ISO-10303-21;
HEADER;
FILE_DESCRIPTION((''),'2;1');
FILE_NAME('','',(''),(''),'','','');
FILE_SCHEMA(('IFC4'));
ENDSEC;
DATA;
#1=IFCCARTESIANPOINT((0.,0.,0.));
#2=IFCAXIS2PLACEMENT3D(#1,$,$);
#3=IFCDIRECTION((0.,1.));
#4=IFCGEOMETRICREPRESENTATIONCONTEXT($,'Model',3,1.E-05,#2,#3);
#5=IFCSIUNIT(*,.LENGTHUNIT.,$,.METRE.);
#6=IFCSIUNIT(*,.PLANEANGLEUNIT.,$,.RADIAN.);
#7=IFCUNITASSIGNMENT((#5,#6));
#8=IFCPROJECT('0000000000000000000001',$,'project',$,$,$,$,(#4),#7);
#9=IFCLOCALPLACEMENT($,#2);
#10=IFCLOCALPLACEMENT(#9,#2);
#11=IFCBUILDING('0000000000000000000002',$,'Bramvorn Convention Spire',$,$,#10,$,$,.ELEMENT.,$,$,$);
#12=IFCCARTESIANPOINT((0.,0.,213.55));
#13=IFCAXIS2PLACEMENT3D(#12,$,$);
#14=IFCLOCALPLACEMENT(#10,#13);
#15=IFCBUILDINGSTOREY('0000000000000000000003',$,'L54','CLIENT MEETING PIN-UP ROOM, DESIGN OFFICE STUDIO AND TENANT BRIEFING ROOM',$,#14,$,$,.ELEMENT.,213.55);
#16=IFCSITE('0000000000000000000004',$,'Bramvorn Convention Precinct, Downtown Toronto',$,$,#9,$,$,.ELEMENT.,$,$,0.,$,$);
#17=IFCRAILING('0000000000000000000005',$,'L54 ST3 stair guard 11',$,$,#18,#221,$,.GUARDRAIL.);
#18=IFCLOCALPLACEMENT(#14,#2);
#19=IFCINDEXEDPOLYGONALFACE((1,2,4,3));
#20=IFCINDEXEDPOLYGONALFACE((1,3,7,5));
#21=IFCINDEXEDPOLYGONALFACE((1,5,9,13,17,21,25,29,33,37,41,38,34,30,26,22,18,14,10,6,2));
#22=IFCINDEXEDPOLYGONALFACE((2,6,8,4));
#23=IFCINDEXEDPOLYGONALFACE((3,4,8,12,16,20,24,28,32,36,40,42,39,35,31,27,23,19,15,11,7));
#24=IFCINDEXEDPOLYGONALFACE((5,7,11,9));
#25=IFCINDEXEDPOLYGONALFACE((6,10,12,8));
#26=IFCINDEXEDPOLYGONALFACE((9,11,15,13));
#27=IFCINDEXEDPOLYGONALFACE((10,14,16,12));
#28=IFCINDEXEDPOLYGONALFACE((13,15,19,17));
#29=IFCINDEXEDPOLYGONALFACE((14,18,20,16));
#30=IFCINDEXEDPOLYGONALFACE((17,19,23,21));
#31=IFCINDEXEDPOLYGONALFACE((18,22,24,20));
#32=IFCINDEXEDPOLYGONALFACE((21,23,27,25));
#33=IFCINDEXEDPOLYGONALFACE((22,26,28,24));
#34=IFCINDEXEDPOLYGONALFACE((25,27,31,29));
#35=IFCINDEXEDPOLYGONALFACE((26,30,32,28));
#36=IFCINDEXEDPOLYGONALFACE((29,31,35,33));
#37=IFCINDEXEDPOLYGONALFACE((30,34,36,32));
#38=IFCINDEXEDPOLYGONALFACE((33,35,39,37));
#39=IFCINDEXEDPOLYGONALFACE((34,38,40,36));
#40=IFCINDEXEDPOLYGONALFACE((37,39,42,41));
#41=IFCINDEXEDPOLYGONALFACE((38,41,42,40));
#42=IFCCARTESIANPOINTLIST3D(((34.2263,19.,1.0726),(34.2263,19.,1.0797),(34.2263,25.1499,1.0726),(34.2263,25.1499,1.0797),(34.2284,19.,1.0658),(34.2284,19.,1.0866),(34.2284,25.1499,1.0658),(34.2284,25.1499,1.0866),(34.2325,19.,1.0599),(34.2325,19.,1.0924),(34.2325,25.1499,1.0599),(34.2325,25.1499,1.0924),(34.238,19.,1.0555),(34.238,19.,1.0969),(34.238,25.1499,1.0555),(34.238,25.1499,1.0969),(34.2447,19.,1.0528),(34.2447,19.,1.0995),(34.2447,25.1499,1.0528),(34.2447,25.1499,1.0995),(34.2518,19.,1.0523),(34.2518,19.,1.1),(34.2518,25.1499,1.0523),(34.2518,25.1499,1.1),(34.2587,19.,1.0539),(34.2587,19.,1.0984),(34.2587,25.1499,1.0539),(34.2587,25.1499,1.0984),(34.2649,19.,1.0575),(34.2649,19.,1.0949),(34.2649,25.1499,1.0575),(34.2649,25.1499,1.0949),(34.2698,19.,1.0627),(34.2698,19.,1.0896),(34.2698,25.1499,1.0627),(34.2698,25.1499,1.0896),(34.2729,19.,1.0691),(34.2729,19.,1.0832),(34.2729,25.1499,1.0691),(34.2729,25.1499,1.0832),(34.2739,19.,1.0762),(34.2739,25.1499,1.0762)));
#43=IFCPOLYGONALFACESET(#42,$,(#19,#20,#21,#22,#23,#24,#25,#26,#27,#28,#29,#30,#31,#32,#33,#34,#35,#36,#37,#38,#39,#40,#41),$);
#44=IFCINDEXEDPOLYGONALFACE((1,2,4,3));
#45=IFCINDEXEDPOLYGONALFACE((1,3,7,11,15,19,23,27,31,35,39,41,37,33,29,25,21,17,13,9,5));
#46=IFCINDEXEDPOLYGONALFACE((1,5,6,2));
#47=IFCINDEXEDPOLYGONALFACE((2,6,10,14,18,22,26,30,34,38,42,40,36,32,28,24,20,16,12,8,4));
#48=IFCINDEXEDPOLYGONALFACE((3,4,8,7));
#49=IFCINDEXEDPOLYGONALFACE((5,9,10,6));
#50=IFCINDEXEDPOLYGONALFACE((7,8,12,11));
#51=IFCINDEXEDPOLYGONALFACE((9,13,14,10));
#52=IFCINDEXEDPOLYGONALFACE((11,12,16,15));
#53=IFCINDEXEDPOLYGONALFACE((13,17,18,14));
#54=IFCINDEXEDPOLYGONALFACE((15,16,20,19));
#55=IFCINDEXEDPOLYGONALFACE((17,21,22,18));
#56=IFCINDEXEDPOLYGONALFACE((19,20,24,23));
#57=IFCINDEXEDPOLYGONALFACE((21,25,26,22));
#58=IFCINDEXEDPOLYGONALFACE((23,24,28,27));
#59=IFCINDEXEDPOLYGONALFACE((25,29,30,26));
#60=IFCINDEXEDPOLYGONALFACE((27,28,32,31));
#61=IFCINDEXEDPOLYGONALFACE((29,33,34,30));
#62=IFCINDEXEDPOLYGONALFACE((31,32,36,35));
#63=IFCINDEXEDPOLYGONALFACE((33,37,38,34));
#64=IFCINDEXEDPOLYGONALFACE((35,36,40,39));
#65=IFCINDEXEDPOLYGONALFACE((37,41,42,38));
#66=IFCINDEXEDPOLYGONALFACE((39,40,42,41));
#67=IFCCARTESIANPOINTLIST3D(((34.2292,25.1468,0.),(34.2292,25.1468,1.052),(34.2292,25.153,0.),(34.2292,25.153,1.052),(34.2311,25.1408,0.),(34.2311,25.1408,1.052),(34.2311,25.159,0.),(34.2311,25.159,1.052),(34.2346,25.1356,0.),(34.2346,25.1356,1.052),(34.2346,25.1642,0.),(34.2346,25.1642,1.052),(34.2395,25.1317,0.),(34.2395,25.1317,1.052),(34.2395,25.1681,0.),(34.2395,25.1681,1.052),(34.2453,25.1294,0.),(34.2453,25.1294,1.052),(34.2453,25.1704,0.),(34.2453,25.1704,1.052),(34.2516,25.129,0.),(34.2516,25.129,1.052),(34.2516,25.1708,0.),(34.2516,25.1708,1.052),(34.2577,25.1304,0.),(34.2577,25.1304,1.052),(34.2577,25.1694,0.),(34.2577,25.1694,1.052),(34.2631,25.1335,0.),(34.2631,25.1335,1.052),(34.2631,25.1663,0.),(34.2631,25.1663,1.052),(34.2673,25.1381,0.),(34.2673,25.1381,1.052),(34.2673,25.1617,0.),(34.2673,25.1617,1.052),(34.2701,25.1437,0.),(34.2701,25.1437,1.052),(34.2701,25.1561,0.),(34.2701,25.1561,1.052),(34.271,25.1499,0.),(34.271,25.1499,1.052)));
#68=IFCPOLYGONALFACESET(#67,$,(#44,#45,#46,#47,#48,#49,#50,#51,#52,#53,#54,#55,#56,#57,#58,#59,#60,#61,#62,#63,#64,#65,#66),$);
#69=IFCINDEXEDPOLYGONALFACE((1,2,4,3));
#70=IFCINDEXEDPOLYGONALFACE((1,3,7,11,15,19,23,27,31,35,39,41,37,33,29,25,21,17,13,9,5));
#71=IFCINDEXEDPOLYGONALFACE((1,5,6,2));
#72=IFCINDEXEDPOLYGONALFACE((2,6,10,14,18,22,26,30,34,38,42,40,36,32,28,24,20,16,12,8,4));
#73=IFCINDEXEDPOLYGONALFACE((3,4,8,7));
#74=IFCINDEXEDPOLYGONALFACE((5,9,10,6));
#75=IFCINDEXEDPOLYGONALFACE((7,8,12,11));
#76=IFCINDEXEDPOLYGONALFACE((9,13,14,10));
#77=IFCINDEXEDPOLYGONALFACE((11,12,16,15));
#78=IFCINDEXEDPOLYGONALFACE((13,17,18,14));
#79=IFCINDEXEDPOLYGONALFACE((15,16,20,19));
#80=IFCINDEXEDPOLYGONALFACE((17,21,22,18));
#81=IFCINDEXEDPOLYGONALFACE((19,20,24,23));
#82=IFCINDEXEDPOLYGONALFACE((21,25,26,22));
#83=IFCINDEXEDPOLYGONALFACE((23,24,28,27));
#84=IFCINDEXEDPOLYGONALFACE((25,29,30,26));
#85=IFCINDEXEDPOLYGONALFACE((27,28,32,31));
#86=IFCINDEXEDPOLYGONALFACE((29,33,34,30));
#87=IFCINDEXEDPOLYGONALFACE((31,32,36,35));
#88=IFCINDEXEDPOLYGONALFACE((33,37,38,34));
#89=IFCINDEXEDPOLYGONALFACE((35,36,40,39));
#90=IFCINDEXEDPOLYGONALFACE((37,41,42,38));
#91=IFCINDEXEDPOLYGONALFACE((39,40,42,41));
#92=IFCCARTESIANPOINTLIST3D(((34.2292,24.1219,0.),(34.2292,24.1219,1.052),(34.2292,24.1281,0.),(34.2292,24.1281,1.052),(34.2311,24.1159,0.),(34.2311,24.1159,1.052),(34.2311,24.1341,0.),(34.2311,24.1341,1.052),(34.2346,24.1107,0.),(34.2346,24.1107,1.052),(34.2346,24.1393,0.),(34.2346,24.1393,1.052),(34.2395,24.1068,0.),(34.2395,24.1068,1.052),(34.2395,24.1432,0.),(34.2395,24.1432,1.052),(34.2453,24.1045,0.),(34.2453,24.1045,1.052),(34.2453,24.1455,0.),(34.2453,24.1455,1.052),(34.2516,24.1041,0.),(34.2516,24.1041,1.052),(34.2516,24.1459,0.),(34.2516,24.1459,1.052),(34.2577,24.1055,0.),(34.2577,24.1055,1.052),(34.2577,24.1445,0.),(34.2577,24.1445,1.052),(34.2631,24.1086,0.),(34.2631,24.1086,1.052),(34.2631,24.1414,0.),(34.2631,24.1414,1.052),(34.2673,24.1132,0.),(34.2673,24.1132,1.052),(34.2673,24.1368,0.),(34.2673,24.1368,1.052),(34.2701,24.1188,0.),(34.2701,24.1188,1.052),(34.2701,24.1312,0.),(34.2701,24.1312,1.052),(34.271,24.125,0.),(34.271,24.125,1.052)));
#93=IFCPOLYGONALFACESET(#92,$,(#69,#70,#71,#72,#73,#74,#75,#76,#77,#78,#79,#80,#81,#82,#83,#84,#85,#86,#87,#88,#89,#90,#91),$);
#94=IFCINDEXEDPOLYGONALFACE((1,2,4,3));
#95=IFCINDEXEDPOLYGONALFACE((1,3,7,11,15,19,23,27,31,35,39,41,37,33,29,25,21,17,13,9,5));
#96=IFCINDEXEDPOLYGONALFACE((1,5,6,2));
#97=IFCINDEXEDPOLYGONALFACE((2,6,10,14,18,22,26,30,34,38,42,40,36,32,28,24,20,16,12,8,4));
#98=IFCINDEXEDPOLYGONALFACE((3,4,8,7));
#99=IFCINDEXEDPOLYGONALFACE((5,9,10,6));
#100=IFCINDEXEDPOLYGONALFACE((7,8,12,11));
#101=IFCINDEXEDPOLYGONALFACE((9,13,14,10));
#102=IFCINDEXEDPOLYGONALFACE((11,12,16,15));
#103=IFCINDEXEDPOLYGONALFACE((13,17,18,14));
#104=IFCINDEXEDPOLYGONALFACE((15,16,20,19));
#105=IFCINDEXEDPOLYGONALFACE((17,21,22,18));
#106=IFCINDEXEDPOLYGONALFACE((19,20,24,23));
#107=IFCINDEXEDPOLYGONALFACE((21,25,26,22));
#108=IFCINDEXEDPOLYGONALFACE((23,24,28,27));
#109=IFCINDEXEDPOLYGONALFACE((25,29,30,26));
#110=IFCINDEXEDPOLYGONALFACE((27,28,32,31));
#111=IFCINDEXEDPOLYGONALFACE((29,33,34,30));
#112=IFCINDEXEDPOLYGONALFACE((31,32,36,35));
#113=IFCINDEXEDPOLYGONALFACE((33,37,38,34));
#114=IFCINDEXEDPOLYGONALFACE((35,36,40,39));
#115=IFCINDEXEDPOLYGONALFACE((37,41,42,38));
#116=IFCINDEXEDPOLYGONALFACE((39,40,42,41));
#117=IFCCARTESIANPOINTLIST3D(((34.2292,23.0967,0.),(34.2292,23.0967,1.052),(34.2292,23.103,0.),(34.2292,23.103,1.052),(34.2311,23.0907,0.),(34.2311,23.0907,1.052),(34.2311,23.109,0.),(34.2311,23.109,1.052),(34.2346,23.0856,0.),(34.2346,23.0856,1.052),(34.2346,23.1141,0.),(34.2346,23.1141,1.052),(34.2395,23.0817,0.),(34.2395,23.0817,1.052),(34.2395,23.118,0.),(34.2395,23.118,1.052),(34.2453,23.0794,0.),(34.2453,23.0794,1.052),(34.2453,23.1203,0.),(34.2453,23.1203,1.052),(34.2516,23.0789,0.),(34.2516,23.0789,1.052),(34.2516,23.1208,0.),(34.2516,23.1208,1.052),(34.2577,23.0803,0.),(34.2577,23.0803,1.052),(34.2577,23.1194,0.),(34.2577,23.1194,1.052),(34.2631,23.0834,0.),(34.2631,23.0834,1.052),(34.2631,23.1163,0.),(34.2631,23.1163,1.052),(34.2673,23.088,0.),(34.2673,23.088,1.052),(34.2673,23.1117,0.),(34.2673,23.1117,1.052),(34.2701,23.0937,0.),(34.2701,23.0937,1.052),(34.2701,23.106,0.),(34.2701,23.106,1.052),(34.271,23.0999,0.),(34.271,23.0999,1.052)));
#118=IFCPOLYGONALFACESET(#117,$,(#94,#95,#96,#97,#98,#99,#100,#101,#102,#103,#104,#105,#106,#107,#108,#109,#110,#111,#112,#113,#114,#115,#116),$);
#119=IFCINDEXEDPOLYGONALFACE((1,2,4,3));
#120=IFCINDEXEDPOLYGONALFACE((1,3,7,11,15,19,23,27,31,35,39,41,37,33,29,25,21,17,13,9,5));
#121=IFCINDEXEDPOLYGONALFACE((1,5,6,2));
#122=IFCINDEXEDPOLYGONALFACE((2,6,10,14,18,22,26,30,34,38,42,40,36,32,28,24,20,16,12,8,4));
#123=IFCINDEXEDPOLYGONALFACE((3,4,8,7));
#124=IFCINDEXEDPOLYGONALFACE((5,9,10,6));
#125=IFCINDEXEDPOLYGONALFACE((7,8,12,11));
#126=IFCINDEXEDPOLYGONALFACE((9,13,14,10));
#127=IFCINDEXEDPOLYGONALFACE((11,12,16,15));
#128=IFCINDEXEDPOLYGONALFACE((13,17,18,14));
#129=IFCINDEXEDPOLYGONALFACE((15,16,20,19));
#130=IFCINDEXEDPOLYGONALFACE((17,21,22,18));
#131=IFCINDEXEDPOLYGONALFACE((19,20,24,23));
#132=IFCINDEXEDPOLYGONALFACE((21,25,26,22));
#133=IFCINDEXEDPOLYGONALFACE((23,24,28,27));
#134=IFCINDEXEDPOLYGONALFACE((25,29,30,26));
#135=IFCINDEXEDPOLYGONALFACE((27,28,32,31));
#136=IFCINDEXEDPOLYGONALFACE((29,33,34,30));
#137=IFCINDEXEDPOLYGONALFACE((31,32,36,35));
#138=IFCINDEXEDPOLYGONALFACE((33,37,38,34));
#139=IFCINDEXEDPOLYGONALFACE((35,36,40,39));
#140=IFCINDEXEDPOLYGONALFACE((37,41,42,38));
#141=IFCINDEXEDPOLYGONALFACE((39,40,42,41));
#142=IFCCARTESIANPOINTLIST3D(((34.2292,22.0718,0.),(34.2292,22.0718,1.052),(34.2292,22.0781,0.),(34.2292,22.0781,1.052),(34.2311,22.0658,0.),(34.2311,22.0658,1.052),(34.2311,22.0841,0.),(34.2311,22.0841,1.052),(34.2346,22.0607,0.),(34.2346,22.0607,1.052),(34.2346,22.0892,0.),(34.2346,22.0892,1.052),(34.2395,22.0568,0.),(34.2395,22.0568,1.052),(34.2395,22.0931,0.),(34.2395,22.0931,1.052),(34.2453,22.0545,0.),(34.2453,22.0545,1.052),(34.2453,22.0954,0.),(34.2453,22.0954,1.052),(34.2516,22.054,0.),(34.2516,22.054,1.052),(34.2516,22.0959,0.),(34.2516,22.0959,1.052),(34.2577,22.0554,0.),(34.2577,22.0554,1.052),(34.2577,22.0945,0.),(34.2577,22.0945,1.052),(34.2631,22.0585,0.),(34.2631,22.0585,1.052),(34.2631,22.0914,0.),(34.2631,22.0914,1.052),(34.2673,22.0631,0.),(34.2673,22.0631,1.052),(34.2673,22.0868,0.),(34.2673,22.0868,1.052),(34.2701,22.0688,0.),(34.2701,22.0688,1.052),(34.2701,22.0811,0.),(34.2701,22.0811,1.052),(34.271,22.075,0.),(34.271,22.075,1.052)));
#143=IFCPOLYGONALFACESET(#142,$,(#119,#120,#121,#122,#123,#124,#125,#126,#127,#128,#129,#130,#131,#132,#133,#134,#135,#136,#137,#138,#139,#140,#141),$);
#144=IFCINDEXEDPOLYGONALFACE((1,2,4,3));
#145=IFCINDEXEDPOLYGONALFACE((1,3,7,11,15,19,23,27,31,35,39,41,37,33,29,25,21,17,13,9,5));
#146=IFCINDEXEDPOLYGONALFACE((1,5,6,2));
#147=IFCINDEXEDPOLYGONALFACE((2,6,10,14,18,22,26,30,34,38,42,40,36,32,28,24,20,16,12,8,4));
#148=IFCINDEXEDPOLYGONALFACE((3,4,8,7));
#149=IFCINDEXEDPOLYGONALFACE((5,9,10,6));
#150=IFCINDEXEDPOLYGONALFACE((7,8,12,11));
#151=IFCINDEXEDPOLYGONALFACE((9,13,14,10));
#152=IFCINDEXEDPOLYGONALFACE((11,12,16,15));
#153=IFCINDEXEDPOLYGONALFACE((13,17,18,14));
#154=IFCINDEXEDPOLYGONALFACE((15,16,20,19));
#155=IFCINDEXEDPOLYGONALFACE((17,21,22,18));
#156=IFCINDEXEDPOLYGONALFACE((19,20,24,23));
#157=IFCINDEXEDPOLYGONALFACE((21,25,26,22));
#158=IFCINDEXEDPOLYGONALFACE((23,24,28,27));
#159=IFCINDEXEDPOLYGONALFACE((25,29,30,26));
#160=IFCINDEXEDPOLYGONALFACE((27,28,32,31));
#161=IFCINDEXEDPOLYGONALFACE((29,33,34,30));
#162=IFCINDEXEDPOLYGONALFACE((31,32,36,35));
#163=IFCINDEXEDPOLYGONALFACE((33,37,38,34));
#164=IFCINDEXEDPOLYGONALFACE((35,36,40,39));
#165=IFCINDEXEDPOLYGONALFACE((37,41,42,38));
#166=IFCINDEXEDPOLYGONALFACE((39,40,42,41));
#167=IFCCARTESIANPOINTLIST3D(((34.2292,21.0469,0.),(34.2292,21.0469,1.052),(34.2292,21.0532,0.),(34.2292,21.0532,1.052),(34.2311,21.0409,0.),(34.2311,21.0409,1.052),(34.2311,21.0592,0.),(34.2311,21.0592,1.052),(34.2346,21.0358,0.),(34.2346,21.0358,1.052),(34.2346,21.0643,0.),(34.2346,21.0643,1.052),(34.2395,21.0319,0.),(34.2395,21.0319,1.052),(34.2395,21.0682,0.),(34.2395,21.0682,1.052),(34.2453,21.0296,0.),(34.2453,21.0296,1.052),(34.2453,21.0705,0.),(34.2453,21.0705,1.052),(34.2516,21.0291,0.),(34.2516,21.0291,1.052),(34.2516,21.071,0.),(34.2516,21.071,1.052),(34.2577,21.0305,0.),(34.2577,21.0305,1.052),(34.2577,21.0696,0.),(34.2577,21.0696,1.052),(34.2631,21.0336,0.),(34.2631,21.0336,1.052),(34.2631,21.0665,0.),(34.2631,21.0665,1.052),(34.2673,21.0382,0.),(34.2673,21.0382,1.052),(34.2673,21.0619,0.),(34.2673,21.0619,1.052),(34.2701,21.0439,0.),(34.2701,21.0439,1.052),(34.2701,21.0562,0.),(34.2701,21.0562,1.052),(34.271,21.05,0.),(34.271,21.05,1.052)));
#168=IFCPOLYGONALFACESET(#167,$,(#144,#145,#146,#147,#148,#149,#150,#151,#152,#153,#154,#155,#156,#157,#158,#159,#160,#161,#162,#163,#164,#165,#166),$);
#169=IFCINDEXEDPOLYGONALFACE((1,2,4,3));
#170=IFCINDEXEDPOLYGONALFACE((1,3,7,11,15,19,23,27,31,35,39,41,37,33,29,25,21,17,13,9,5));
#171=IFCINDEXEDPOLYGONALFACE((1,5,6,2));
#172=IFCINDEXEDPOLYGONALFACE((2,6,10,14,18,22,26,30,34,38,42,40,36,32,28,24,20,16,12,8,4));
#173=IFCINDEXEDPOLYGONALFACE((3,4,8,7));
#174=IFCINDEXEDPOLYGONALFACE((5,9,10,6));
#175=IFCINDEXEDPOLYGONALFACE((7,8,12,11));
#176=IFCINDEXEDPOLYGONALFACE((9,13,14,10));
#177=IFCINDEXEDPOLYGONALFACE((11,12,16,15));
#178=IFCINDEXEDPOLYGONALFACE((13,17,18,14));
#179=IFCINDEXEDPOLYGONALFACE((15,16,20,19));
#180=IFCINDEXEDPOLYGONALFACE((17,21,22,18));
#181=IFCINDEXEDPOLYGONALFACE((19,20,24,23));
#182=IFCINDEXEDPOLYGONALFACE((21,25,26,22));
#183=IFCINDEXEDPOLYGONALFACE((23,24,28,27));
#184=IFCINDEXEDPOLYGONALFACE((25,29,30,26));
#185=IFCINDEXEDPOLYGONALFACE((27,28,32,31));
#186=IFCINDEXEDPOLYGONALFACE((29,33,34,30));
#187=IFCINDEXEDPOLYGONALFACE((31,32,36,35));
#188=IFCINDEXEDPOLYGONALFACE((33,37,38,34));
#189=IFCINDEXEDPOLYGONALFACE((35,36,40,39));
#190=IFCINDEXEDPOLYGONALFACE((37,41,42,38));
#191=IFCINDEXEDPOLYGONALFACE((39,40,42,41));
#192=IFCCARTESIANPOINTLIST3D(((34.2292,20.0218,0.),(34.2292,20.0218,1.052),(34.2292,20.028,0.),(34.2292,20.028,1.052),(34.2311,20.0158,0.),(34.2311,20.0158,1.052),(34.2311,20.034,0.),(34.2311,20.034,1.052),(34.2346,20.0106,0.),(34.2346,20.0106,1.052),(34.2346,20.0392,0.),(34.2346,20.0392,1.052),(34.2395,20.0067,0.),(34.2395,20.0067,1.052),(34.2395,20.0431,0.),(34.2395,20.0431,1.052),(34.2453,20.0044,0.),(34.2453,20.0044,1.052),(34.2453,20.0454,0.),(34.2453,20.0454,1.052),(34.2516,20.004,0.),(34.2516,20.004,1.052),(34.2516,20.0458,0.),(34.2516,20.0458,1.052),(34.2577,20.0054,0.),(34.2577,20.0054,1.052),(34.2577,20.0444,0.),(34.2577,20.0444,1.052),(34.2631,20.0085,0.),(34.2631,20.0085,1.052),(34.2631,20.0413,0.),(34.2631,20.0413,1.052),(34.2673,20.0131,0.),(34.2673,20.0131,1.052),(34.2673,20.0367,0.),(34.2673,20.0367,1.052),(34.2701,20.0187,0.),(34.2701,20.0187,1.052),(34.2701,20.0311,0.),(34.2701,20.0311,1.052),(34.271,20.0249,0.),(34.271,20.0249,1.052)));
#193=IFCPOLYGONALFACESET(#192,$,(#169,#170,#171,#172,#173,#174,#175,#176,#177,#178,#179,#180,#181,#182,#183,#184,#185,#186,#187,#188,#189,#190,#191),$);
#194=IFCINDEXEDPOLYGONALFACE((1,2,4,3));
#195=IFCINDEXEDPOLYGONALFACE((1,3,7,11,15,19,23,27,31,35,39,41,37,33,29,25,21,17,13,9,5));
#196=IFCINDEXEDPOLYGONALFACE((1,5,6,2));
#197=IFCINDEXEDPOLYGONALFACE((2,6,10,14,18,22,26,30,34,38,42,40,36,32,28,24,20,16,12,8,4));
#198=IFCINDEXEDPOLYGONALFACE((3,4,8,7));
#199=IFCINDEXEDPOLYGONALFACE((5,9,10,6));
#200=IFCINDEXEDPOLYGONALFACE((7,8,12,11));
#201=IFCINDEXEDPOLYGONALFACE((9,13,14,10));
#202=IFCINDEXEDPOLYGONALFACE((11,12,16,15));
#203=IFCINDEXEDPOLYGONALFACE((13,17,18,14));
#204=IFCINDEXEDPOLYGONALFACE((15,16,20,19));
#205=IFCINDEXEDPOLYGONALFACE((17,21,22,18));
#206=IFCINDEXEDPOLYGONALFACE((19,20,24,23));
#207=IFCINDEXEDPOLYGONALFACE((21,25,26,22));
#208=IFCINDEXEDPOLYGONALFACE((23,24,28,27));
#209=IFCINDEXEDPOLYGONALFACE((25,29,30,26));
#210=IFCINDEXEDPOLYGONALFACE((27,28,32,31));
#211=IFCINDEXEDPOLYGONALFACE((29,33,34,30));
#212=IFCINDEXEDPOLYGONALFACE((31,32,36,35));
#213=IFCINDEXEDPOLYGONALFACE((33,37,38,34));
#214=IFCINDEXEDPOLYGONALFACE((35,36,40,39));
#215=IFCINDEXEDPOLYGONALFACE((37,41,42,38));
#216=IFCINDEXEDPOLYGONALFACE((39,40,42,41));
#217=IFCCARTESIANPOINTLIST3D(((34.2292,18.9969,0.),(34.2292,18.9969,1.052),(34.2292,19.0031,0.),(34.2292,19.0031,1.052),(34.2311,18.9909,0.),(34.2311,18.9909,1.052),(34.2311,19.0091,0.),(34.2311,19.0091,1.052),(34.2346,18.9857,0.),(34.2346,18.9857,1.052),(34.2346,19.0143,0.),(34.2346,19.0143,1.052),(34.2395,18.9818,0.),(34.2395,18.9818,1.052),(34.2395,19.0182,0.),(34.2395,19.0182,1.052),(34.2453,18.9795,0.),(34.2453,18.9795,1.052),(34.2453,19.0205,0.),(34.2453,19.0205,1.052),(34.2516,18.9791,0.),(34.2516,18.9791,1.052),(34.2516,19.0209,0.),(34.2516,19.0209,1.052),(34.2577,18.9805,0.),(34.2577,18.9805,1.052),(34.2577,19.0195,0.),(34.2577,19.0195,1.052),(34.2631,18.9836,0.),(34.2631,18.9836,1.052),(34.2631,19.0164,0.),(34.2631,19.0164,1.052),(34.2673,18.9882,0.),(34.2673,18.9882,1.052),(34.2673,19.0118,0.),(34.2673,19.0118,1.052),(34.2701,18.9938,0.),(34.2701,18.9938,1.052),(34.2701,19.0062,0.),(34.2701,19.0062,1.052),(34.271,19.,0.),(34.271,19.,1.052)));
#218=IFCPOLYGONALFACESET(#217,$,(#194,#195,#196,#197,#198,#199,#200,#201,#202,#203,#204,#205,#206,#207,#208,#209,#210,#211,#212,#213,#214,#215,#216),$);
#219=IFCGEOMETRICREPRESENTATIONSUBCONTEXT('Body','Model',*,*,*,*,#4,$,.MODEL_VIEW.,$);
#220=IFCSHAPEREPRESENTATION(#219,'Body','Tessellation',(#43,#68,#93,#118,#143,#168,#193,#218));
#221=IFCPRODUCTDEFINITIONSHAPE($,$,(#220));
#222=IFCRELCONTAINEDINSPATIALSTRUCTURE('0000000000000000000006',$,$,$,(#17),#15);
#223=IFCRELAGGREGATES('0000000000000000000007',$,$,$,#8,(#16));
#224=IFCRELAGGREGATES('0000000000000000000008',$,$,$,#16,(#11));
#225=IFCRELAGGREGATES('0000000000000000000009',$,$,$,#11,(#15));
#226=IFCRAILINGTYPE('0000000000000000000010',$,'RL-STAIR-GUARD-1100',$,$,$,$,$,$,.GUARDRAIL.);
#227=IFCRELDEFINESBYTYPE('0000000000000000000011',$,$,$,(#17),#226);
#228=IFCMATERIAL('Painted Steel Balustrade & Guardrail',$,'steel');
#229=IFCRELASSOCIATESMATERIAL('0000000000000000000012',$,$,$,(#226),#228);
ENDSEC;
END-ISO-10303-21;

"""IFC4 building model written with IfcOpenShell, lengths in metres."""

from ifc_helpers import new_model, si_unit, direction, frame, origin, origin_2d, place, context, subcontext, project, spatial, circle, extrude, material, type_object, element, save


model = new_model("IFC4")

# Units and contexts
model_context = context("Model", 3, precision=1e-05, world=origin(), true_north=direction((0.0, 1.0)))
body_context = subcontext(model_context, "Body", "Model", "MODEL_VIEW")
ifc_project = project(units=[si_unit("LENGTHUNIT", "METRE"), si_unit("PLANEANGLEUNIT", "RADIAN")], contexts=[model_context])

# Site, building, storey
site_placement = place(None, origin())
site = spatial("IfcSite", under=ifc_project, at=site_placement, Name="Bramvorn Convention Precinct, Downtown Toronto", CompositionType="ELEMENT", RefElevation=0.0)
building_placement = place(site_placement, origin())
building = spatial("IfcBuilding", under=site, at=building_placement, Name="Bramvorn Convention Spire", CompositionType="ELEMENT")
storey_placement = place(building_placement, frame((0.0, 0.0, 213.55)))
storey = spatial("IfcBuildingStorey", under=building, at=storey_placement, Name="L54", Description="CLIENT MEETING PIN-UP ROOM, DESIGN OFFICE STUDIO AND TENANT BRIEFING ROOM", CompositionType="ELEMENT", Elevation=213.55)

# Railing
ifc_material_1 = material(Name="Painted Steel Balustrade & Guardrail", Category="steel")
railing_type_1 = type_object("IfcRailingType", Name="RL-STAIR-GUARD-1100", PredefinedType="GUARDRAIL", material=ifc_material_1)
railing_1_placement = place(storey_placement, frame((34.25, 25.1499, 0.0)))
element("IfcRailing", 1, at=railing_1_placement, inside=storey, type_object=railing_type_1, Name="L54 ST3 stair guard 11", PredefinedType="GUARDRAIL", context=body_context, shape_type="SweptSolid", body=[
    extrude(circle(Radius=0.0239, at=origin_2d()), frame((0.0, 0.0, 1.0762), z_axis=(0.0, -1.0, 0.0), x_axis=(1.0, 0.0, 0.0)), (0.0, 0.0, 1.0), 6.1499),
    extrude(circle(Radius=0.021, at=origin_2d()), origin(), (0.0, 0.0, 1.0), 1.052),
    extrude(circle(Radius=0.021, at=origin_2d()), frame((0.0, -1.0249, 0.0)), (0.0, 0.0, 1.0), 1.052),
    extrude(circle(Radius=0.021, at=origin_2d()), frame((0.0, -2.05, 0.0)), (0.0, 0.0, 1.0), 1.052),
    extrude(circle(Radius=0.021, at=origin_2d()), frame((0.0, -3.075, 0.0)), (0.0, 0.0, 1.0), 1.052),
    extrude(circle(Radius=0.021, at=origin_2d()), frame((0.0, -4.0999, 0.0)), (0.0, 0.0, 1.0), 1.052),
    extrude(circle(Radius=0.021, at=origin_2d()), frame((0.0, -5.125, 0.0)), (0.0, 0.0, 1.0), 1.052),
    extrude(circle(Radius=0.021, at=origin_2d()), frame((0.0, -6.1499, 0.0)), (0.0, 0.0, 1.0), 1.052),
])

save(model, "model.ifc")
